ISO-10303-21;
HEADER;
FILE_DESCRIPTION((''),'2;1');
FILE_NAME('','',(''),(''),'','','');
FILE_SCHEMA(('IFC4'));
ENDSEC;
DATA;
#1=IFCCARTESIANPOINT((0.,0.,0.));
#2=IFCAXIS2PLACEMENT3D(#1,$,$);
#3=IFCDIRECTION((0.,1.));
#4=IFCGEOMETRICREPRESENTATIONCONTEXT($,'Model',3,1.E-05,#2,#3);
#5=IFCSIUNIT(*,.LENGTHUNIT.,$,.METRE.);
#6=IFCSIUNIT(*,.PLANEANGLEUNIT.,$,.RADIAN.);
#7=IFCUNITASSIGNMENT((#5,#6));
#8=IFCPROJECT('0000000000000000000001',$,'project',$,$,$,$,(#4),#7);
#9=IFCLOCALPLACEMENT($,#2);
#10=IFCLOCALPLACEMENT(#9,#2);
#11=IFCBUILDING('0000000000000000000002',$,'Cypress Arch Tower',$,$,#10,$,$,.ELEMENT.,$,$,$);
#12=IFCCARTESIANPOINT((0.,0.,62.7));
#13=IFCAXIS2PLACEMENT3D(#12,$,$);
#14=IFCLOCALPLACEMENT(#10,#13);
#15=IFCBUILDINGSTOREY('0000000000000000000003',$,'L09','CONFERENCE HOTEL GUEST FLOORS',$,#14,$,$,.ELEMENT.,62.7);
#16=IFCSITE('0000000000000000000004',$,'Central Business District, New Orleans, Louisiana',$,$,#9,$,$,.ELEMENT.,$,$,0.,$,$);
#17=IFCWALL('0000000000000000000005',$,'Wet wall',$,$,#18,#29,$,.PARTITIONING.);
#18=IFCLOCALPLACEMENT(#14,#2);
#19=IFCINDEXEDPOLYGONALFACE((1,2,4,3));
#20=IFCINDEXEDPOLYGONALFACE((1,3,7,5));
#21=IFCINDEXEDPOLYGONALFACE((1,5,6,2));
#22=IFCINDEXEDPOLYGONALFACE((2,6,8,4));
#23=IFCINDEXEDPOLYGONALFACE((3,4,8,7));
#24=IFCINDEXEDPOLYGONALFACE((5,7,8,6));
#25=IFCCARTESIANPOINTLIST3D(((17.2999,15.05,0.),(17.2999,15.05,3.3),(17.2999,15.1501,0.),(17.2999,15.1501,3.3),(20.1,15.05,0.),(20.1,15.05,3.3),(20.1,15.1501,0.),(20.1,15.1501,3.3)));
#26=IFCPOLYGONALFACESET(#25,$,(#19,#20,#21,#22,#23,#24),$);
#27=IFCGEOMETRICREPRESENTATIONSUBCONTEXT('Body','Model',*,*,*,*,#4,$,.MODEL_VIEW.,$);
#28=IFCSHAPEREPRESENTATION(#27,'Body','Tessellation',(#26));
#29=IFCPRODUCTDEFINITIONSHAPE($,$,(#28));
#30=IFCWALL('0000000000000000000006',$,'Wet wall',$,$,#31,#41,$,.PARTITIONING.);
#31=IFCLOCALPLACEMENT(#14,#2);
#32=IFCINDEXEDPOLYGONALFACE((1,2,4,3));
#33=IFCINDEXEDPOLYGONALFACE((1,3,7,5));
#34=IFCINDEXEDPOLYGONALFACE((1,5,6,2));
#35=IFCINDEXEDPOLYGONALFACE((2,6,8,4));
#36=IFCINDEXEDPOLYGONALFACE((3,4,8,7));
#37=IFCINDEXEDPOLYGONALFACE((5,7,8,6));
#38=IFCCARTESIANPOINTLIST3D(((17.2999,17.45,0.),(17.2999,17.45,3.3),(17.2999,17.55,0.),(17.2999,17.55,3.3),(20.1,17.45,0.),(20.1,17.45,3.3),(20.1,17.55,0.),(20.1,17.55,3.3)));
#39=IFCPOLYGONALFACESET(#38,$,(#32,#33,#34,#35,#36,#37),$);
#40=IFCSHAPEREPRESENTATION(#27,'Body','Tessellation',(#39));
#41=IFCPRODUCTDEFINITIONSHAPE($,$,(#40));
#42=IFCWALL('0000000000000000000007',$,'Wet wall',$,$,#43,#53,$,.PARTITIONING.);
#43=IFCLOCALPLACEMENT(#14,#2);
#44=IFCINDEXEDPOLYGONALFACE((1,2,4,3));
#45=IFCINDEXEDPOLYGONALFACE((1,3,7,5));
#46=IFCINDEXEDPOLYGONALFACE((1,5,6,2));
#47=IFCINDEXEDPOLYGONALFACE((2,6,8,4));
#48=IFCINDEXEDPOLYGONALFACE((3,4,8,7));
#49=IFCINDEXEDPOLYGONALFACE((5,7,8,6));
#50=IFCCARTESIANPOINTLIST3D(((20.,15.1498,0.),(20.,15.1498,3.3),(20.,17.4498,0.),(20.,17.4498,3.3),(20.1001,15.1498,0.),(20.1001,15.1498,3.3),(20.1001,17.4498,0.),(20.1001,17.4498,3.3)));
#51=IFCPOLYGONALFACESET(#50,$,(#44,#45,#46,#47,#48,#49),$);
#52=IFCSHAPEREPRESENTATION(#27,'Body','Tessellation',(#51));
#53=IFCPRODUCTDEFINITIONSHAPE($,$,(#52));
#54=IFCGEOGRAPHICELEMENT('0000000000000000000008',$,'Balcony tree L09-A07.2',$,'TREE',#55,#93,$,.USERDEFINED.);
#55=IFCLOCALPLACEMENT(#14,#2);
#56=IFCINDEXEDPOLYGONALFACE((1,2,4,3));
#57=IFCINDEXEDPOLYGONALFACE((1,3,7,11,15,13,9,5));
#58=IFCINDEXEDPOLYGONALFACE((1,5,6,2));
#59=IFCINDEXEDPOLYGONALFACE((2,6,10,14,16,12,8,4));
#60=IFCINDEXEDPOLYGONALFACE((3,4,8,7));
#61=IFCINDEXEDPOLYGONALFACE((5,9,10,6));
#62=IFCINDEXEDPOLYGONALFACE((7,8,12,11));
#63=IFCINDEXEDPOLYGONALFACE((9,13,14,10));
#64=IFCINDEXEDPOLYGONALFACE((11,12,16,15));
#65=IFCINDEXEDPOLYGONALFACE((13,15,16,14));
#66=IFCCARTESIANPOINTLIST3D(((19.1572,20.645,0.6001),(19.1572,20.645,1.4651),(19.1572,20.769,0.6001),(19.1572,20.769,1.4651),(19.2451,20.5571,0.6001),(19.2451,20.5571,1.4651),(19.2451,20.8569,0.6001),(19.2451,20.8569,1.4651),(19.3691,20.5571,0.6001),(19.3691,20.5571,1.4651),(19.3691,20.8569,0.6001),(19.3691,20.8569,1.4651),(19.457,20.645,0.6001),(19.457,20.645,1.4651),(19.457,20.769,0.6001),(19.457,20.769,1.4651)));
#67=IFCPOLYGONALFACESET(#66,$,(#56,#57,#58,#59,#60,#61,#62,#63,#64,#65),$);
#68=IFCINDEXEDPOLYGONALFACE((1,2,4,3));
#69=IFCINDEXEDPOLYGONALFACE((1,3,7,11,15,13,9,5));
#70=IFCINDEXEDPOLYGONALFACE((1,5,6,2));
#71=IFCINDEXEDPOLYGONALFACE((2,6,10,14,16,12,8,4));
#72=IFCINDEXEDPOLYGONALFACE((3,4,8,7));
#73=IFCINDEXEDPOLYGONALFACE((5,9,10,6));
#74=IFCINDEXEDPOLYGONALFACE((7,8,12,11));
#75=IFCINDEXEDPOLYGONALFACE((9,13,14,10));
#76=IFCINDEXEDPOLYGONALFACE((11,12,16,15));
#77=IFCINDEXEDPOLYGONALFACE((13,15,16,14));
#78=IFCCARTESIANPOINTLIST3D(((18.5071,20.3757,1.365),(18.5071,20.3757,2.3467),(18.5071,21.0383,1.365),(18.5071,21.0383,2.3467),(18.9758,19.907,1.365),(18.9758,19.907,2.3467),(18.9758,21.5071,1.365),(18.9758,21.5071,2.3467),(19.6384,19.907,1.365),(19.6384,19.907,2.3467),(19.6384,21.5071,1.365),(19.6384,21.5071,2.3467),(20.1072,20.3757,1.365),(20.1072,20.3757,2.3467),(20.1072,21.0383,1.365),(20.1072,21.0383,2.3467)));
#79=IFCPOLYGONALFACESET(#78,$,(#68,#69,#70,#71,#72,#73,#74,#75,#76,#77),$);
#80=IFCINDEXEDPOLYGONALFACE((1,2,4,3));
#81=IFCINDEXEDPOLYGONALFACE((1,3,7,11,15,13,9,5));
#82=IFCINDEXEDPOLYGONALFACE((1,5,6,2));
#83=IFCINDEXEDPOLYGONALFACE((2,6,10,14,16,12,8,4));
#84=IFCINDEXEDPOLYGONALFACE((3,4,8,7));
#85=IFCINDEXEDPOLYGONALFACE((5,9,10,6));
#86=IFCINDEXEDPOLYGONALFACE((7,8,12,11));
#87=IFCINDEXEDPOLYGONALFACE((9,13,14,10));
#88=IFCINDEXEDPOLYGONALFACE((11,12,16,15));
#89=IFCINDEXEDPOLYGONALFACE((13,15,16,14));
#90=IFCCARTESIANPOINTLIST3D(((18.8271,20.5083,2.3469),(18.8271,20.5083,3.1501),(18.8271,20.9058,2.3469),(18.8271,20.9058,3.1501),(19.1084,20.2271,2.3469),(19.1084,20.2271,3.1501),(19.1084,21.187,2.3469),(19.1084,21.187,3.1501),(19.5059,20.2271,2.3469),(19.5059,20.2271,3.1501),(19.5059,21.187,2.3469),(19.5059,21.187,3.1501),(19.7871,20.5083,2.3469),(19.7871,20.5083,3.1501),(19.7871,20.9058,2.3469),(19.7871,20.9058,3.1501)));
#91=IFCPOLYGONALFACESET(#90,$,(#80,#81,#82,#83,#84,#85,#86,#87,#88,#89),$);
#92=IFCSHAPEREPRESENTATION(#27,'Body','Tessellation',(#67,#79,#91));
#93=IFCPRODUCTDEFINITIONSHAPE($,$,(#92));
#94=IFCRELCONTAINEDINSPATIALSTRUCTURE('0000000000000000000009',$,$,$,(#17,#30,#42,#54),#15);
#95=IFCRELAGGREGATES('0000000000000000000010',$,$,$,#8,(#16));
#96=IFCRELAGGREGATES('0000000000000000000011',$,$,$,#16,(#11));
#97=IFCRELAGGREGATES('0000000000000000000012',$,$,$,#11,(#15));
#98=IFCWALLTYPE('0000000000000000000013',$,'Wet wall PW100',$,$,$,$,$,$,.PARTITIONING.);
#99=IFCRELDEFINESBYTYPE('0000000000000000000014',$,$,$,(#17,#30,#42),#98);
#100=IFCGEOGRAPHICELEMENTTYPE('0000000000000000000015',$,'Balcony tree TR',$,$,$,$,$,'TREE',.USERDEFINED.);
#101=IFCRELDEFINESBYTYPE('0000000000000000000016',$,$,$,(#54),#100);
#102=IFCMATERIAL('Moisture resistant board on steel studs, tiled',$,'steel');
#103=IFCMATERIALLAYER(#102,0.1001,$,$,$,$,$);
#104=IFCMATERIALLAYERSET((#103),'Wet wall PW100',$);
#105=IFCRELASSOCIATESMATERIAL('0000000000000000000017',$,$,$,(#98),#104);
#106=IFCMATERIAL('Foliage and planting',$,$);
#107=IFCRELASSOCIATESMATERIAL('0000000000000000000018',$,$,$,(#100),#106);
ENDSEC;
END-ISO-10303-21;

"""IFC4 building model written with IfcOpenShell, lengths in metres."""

from ifc_helpers import new_model, si_unit, direction, frame, frame_2d, origin, place, context, subcontext, project, spatial, polyline, rectangle, outline, extrude, material, layer, layer_set, type_object, element, save


model = new_model("IFC4")

# Units and contexts
model_context = context("Model", 3, precision=1e-05, world=origin(), true_north=direction((0.0, 1.0)))
body_context = subcontext(model_context, "Body", "Model", "MODEL_VIEW")
ifc_project = project(units=[si_unit("LENGTHUNIT", "METRE"), si_unit("PLANEANGLEUNIT", "RADIAN")], contexts=[model_context])

# Site, building, storey
site_placement = place(None, origin())
site = spatial("IfcSite", under=ifc_project, at=site_placement, Name="Central Business District, New Orleans, Louisiana", CompositionType="ELEMENT", RefElevation=0.0)
building_placement = place(site_placement, origin())
building = spatial("IfcBuilding", under=site, at=building_placement, Name="Cypress Arch Tower", CompositionType="ELEMENT")
storey_placement = place(building_placement, frame((0.0, 0.0, 62.7)))
storey = spatial("IfcBuildingStorey", under=building, at=storey_placement, Name="L09", Description="CONFERENCE HOTEL GUEST FLOORS", CompositionType="ELEMENT", Elevation=62.7)

# Shared definitions
ifc_material_1 = material(Name="Moisture resistant board on steel studs, tiled", Category="steel")
ifc_layer_1 = layer(ifc_material_1, 0.1001)
ifc_layer_set_1 = layer_set([ifc_layer_1], Name="Wet wall PW100")
wall_type_1 = type_object("IfcWallType", Name="Wet wall PW100", PredefinedType="PARTITIONING", material=ifc_layer_set_1)

# Walls
for number, where, z_axis, x_axis, name in (
    (1, (17.3, 15.1001, 0.0), (0.0, 0.0, 1.0), (1.0, 0.0, 0.0), "Wet wall"),
    (2, (17.3, 17.5, 0.0), (0.0, 0.0, 1.0), (1.0, 0.0, 0.0), "Wet wall"),
):
    element("IfcWall", number, at=place(storey_placement, frame(where, z_axis=z_axis, x_axis=x_axis)), inside=storey, type_object=wall_type_1, Name=name, PredefinedType="PARTITIONING", context=body_context, shape_type="SweptSolid", body=[
        extrude(rectangle(XDim=2.8, YDim=0.1001, at=frame_2d((1.3999, 0.0))), origin(), (0.0, 0.0, 1.0), 3.3),
    ])
wall_1_placement = place(storey_placement, frame((20.05, 15.1499, 0.0), z_axis=(0.0, 0.0, 1.0), x_axis=(0.0, 1.0, 0.0)))
element("IfcWall", 3, at=wall_1_placement, inside=storey, type_object=wall_type_1, Name="Wet wall", PredefinedType="PARTITIONING", context=body_context, shape_type="SweptSolid", body=[
    extrude(rectangle(XDim=2.3, YDim=0.1001, at=frame_2d((1.1499, 0.0))), origin(), (0.0, 0.0, 1.0), 3.3),
])

# Geographic element
ifc_material_2 = material(Name="Foliage and planting")
geographic_element_type = type_object("IfcGeographicElementType", Name="Balcony tree TR", ElementType="TREE", PredefinedType="USERDEFINED", material=ifc_material_2)
geographic_element_placement = place(storey_placement, frame((19.3071, 20.707, 0.6001), z_axis=(0.0, 0.0, 1.0), x_axis=(1.0, 0.0, 0.0)))
element("IfcGeographicElement", 4, at=geographic_element_placement, inside=storey, type_object=geographic_element_type, Name="Balcony tree L09-A07.2", ObjectType="TREE", PredefinedType="USERDEFINED", context=body_context, shape_type="SweptSolid", body=[
    extrude(outline(polyline([(0.1499, 0.062), (0.062, 0.1499), (-0.062, 0.1499), (-0.1499, 0.062), (-0.1499, -0.062), (-0.062, -0.1499), (0.062, -0.1499), (0.1499, -0.062), (0.1499, 0.062)])), origin(), (0.0, 0.0, 1.0), 0.865),
    extrude(outline(polyline([(0.8, 0.3313), (0.3313, 0.8), (-0.3313, 0.8), (-0.8, 0.3313), (-0.8, -0.3313), (-0.3313, -0.8), (0.3313, -0.8), (0.8, -0.3313), (0.8, 0.3313)])), frame((0.0, 0.0, 0.7649)), (0.0, 0.0, 1.0), 0.9817),
    extrude(outline(polyline([(0.48, 0.1987), (0.1987, 0.48), (-0.1987, 0.48), (-0.48, 0.1987), (-0.48, -0.1987), (-0.1987, -0.48), (0.1987, -0.48), (0.48, -0.1987), (0.48, 0.1987)])), frame((0.0, 0.0, 1.7468)), (0.0, 0.0, 1.0), 0.8032),
])

save(model, "model.ifc")
